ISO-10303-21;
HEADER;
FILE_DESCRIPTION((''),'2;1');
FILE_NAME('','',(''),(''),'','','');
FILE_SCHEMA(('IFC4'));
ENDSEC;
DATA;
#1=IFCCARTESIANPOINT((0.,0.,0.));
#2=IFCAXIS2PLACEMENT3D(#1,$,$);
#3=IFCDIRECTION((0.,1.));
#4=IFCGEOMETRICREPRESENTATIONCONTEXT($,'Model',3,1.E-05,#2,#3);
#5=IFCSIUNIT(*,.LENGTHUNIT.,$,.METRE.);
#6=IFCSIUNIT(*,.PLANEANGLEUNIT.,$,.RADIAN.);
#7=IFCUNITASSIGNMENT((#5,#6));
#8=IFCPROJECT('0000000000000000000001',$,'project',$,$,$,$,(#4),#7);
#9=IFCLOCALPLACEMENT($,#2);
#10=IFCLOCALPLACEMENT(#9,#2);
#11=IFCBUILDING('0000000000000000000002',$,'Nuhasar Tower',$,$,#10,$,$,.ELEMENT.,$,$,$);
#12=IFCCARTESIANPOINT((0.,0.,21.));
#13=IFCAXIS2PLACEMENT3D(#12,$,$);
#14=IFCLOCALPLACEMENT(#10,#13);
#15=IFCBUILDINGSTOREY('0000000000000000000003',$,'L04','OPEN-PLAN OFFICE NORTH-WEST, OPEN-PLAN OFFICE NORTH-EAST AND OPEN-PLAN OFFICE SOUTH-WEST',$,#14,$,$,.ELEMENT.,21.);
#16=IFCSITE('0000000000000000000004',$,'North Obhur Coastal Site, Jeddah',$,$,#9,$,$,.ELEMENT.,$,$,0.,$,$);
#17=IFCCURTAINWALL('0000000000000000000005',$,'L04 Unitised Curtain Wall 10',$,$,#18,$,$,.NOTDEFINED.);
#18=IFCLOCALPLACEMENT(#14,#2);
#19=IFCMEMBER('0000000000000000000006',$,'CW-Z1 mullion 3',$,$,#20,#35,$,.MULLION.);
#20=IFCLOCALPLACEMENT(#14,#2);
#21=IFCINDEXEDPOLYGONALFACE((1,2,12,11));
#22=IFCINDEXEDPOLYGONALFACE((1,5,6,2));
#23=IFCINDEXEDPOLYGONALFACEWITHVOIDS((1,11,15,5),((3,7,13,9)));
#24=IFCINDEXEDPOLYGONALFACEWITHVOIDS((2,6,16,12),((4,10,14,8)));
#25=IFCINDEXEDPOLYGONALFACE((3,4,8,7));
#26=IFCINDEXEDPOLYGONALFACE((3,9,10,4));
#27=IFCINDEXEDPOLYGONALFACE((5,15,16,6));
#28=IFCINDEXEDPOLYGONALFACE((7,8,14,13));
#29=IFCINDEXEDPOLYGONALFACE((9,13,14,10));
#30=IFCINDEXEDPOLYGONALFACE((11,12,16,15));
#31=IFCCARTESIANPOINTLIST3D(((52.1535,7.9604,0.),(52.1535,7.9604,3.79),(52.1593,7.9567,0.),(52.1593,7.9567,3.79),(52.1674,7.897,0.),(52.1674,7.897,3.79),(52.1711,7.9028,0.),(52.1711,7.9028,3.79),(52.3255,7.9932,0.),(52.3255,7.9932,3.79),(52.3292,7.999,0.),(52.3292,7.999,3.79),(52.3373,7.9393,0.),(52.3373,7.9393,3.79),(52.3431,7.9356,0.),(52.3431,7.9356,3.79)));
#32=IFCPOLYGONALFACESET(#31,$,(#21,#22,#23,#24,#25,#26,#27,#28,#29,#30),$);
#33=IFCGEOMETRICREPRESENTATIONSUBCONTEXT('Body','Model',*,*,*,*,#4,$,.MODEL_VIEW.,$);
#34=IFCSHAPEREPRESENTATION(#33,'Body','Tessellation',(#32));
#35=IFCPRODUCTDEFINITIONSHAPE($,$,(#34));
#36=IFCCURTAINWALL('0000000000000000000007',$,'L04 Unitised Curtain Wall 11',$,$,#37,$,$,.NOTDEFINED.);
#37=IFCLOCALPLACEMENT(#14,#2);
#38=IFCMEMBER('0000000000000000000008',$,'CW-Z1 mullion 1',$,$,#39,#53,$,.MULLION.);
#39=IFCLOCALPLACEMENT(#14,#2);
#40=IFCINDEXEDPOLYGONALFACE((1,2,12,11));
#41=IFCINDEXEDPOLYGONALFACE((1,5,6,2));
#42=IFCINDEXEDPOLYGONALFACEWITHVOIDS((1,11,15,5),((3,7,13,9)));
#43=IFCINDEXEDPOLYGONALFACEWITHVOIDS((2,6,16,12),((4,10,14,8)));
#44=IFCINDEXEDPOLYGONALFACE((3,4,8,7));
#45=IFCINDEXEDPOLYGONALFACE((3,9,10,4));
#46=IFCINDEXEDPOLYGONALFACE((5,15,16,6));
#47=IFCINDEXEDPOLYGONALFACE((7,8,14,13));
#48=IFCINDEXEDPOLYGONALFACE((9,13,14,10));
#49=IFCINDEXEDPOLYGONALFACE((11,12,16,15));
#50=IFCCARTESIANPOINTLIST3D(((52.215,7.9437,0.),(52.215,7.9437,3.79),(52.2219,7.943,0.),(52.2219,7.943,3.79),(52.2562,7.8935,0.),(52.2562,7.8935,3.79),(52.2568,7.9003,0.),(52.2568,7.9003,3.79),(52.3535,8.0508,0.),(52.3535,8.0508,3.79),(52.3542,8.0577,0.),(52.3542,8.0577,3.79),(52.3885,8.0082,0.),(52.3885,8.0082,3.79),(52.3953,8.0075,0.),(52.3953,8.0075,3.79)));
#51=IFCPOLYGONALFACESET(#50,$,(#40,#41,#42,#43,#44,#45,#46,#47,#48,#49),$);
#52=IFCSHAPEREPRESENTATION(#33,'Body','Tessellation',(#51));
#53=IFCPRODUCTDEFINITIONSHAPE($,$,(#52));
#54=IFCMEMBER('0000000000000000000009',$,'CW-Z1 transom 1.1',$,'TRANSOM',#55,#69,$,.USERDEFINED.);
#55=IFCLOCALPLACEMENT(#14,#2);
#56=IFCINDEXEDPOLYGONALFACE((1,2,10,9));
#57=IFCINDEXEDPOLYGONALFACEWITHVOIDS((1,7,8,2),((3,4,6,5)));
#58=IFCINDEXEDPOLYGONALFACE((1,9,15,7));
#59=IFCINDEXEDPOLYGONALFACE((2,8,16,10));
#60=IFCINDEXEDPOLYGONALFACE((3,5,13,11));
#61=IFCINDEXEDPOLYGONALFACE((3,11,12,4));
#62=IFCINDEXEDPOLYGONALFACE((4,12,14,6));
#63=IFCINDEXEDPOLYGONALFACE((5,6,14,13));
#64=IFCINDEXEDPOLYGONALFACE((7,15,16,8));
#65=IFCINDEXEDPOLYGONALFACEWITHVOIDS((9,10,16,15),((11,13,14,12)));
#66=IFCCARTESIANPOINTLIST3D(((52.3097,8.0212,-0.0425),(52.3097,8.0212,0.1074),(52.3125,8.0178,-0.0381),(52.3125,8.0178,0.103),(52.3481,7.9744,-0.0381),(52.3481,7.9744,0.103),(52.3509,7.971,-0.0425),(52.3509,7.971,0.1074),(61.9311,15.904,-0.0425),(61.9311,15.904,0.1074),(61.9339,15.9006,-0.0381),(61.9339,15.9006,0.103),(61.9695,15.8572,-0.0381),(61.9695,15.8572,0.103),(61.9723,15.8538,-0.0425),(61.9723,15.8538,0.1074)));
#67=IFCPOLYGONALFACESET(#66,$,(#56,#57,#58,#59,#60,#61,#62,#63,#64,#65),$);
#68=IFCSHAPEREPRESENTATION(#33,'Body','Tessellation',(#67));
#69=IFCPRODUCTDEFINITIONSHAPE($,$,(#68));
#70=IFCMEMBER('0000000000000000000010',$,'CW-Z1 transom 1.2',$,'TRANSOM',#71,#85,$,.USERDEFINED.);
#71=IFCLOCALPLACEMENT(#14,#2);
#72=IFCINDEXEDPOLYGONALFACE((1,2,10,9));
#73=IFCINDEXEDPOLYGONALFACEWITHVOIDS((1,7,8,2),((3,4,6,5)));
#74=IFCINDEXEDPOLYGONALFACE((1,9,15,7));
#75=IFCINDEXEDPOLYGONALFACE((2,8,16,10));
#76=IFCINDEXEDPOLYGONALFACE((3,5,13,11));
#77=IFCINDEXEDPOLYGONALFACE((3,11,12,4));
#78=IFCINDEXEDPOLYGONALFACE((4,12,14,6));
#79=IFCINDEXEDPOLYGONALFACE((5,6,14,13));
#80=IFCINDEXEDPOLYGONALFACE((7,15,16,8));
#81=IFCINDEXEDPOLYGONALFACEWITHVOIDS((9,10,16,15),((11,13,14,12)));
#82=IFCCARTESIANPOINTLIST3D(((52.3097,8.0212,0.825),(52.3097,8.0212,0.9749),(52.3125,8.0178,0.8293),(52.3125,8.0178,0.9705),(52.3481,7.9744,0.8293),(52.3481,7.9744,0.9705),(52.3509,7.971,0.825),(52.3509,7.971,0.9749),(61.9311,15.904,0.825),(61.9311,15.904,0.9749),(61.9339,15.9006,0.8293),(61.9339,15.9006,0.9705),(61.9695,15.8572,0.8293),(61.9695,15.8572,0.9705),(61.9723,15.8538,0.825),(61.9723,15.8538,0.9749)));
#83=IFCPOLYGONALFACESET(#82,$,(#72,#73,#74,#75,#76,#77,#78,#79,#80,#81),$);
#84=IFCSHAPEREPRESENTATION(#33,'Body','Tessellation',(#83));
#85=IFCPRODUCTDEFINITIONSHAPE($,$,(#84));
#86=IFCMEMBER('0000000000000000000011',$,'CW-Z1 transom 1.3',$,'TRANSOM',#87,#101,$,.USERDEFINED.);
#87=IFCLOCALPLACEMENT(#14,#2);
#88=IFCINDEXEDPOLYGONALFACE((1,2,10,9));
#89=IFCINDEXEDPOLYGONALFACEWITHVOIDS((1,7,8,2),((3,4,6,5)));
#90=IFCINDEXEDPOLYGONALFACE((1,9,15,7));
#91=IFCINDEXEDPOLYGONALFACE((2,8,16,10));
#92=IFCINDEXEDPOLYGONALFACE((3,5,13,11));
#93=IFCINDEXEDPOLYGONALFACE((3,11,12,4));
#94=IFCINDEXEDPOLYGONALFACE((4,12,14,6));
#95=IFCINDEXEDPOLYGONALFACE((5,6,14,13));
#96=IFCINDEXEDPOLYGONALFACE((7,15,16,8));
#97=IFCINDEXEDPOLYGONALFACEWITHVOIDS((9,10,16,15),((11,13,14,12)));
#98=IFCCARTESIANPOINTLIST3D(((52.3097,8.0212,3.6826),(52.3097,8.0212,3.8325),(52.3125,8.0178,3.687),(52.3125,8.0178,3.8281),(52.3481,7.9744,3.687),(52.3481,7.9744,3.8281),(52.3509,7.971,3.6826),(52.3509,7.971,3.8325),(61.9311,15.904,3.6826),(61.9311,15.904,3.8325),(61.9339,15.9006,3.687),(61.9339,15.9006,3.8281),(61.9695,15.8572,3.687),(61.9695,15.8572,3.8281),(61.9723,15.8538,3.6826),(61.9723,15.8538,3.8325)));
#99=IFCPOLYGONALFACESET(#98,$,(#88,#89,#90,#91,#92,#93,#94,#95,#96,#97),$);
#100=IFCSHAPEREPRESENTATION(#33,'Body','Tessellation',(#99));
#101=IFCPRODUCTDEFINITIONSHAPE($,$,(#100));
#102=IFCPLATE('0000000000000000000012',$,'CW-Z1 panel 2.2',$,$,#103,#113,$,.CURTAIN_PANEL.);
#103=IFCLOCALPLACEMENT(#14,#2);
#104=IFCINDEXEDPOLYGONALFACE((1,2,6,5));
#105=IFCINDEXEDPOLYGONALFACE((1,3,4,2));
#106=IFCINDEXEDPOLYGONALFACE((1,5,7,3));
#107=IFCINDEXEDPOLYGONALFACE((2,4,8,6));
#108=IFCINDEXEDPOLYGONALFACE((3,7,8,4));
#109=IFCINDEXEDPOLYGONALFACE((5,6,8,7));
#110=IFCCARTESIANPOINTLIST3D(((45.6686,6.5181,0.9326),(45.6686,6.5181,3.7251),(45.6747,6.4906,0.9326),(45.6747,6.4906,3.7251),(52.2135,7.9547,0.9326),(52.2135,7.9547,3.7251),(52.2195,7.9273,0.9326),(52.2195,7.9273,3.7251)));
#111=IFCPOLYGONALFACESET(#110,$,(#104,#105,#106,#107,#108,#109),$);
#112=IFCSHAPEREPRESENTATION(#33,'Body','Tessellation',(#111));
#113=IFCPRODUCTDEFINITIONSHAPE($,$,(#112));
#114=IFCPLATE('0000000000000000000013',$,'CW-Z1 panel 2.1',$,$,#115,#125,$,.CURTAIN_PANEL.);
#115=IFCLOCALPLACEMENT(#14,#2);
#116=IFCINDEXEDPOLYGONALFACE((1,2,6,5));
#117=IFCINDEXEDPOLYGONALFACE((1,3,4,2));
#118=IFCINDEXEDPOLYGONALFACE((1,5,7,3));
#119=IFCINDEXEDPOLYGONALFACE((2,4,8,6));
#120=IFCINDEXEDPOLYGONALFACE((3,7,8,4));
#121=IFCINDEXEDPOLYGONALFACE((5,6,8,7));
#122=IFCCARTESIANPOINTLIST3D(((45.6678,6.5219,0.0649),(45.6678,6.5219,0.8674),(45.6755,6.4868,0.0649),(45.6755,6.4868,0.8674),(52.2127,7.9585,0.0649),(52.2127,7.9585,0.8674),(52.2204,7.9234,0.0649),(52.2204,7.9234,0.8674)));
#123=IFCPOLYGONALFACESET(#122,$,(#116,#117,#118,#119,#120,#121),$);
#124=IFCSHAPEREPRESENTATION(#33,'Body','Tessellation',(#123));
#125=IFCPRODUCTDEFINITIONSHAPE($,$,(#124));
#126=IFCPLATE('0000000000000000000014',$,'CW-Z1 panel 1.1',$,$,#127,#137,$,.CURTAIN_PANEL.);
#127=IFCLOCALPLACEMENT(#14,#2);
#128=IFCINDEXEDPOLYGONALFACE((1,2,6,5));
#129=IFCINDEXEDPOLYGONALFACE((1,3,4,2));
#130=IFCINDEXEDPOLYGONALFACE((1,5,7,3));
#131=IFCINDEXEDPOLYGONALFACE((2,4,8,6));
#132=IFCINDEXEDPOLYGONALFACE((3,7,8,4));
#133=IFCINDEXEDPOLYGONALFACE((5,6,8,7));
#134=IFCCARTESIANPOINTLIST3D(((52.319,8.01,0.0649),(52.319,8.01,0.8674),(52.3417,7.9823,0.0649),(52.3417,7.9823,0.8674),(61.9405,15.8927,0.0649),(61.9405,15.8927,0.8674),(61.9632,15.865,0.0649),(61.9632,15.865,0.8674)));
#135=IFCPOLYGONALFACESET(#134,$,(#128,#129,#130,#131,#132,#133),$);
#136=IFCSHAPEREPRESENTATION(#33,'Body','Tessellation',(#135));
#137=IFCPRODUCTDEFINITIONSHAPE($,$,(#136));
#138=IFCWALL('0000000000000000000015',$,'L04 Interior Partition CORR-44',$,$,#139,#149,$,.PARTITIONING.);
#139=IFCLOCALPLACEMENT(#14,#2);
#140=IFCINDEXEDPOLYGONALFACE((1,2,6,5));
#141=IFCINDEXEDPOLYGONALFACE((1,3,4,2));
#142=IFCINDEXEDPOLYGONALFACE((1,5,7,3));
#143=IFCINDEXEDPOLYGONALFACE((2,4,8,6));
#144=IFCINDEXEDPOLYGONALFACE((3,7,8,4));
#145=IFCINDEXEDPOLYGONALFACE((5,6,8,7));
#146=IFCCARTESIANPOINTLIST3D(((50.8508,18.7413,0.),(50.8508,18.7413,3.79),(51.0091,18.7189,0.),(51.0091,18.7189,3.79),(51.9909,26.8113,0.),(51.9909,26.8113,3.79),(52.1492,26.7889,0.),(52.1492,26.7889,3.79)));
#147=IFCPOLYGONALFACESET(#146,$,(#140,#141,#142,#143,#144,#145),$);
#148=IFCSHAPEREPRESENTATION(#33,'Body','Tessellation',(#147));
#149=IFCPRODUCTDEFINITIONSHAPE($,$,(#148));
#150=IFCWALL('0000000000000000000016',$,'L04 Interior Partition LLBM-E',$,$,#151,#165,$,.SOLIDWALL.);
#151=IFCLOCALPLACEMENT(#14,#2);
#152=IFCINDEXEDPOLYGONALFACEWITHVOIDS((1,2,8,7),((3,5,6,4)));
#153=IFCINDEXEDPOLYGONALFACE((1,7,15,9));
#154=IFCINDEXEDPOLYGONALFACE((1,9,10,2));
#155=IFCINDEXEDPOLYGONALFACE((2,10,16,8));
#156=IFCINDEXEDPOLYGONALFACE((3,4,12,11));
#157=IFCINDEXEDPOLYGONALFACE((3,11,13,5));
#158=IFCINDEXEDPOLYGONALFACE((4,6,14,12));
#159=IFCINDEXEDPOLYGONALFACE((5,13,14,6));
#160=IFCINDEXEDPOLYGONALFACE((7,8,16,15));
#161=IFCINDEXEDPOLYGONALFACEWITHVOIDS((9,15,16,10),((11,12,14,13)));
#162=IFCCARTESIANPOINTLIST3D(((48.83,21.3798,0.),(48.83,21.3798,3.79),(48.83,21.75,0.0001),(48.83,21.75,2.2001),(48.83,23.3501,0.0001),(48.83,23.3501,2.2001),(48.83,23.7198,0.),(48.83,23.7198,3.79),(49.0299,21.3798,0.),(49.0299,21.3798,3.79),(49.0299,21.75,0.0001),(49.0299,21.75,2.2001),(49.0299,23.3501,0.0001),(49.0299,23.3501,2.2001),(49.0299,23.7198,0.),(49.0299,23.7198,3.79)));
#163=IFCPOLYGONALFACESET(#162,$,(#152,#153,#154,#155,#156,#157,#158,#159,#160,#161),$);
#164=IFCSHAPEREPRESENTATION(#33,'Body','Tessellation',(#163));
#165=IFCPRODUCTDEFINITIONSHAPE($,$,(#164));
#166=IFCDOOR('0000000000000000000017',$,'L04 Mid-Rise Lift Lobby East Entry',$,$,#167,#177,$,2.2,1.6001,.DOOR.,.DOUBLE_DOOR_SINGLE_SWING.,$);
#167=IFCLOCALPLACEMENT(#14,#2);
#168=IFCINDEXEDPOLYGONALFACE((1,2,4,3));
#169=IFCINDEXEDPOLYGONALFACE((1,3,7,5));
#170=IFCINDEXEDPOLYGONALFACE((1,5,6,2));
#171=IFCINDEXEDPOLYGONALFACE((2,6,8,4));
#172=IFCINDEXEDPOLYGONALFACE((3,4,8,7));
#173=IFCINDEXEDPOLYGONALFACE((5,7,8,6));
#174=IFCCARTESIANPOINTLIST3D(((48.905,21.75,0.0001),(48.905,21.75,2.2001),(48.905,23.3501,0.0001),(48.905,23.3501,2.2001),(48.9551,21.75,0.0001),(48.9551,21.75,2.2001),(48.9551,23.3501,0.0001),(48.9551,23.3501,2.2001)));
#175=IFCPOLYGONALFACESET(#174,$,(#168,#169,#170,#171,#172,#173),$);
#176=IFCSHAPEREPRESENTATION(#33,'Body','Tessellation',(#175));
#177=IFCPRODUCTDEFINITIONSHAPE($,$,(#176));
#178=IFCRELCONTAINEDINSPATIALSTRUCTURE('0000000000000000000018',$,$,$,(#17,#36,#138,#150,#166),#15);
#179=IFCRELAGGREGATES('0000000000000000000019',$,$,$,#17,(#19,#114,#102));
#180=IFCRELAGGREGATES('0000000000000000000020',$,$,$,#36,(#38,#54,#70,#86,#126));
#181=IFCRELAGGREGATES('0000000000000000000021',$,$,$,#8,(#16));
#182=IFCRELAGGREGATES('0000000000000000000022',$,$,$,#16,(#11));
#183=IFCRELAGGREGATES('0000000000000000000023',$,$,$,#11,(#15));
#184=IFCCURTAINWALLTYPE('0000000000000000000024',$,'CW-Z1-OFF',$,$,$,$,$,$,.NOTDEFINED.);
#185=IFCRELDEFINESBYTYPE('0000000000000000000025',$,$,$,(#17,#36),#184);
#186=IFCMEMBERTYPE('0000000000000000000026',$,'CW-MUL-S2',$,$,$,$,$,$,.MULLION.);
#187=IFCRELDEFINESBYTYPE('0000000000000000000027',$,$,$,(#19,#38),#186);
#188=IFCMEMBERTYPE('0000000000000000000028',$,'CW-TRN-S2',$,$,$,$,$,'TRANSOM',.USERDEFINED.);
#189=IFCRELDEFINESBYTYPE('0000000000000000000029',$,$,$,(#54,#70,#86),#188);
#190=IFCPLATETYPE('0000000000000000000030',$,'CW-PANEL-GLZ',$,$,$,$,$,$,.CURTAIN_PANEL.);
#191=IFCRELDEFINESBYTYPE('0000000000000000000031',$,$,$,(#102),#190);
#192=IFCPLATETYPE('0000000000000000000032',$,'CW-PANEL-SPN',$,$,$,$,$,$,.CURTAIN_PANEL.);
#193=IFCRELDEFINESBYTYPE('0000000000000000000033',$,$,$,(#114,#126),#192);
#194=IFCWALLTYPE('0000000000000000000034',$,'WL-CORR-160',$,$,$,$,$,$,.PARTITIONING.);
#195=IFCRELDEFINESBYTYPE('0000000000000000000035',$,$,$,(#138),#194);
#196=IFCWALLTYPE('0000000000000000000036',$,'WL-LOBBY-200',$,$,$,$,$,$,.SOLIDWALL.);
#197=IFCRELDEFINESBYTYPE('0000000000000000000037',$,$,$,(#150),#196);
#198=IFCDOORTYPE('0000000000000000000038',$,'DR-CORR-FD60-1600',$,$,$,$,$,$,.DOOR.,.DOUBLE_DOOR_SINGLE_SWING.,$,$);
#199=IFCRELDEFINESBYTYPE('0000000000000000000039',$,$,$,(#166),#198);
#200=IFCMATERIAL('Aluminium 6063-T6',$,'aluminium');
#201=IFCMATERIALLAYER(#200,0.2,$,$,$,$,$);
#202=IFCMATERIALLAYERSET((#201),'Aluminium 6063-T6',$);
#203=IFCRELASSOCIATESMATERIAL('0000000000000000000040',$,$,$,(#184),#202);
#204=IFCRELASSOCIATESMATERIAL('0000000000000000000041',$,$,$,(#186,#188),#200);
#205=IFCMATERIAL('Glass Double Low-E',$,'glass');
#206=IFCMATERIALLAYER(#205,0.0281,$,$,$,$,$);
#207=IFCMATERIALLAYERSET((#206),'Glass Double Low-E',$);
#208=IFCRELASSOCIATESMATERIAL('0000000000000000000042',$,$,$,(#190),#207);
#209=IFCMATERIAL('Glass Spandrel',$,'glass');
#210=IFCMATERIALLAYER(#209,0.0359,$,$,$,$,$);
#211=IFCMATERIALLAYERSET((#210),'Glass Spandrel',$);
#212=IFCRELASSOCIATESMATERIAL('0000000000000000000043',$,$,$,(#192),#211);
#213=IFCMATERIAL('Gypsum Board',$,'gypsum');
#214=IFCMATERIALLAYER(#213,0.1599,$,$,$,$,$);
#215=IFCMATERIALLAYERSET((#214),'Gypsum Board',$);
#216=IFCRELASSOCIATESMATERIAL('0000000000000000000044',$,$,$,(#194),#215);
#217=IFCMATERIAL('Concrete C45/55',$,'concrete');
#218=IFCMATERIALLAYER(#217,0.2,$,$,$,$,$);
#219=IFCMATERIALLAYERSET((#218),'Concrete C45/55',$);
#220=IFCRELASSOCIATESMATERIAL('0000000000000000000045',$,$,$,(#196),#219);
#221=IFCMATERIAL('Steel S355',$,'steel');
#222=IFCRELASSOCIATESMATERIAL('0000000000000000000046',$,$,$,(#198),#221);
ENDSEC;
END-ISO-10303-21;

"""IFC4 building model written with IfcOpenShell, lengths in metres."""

from ifc_helpers import new_model, si_unit, direction, frame, frame_2d, origin, origin_2d, place, context, subcontext, project, spatial, rectangle, hollow_rectangle, extrude, material, layer, layer_set, material_profile, profile_set, type_object, element, fill, aggregate, save


model = new_model("IFC4")

# Units and contexts
model_context = context("Model", 3, precision=1e-05, world=origin(), true_north=direction((0.0, 1.0)))
body_context = subcontext(model_context, "Body", "Model", "MODEL_VIEW")
ifc_project = project(units=[si_unit("LENGTHUNIT", "METRE"), si_unit("PLANEANGLEUNIT", "RADIAN")], contexts=[model_context])

# Site, building, storey
site_placement = place(None, origin())
site = spatial("IfcSite", under=ifc_project, at=site_placement, Name="North Obhur Coastal Site, Jeddah", CompositionType="ELEMENT", RefElevation=0.0)
building_placement = place(site_placement, origin())
building = spatial("IfcBuilding", under=site, at=building_placement, Name="Nuhasar Tower", CompositionType="ELEMENT")
storey_placement = place(building_placement, frame((0.0, 0.0, 21.0)))
storey = spatial("IfcBuildingStorey", under=building, at=storey_placement, Name="L04", Description="OPEN-PLAN OFFICE NORTH-WEST, OPEN-PLAN OFFICE NORTH-EAST AND OPEN-PLAN OFFICE SOUTH-WEST", CompositionType="ELEMENT", Elevation=21.0)

# Shared definitions
ifc_material_1 = material(Name="Steel S355", Category="steel")

# Curtain wall, member
ifc_material_2 = material(Name="Aluminium 6063-T6", Category="aluminium")
ifc_layer_1 = layer(ifc_material_2, 0.2)
ifc_layer_set_1 = layer_set([ifc_layer_1], Name="Aluminium 6063-T6")
curtain_wall_type = type_object("IfcCurtainWallType", Name="CW-Z1-OFF", PredefinedType="NOTDEFINED", material=ifc_layer_set_1)
curtain_wall_1_placement = place(storey_placement, origin())
curtain_wall_1 = element("IfcCurtainWall", 1, at=curtain_wall_1_placement, inside=storey, type_object=curtain_wall_type, Name="L04 Unitised Curtain Wall 10", PredefinedType="NOTDEFINED")
ifc_material_profile_1 = material_profile(ifc_material_2, hollow_rectangle(XDim=0.0649, YDim=0.1799, WallThickness=0.0049, at=origin_2d()), Name="CWM-2")
ifc_profile_set_1 = profile_set([ifc_material_profile_1], Name="Aluminium 6063-T6")
member_type_1 = type_object("IfcMemberType", Name="CW-MUL-S2", PredefinedType="MULLION", material=ifc_profile_set_1)
member_1_placement = place(storey_placement, frame((52.2483, 7.948, 0.0), z_axis=(0.0, 0.0, 1.0), x_axis=(-0.214399, 0.976746, 0.0)))
member_1 = element("IfcMember", 2, at=member_1_placement, type_object=member_type_1, Name="CW-Z1 mullion 3", PredefinedType="MULLION", context=body_context, shape_type="SweptSolid", body=[
    extrude(hollow_rectangle(XDim=0.0649, YDim=0.1799, WallThickness=0.0049, at=origin_2d()), origin(), (0.0, 0.0, 1.0), 3.79),
])

# Curtain wall, members
curtain_wall_2_placement = place(storey_placement, origin())
curtain_wall_2 = element("IfcCurtainWall", 3, at=curtain_wall_2_placement, inside=storey, type_object=curtain_wall_type, Name="L04 Unitised Curtain Wall 11", PredefinedType="NOTDEFINED")
member_2_placement = place(storey_placement, frame((52.3052, 7.9756, 0.0), z_axis=(0.0, 0.0, 1.0), x_axis=(-0.633745, 0.773542, 0.0)))
member_2 = element("IfcMember", 4, at=member_2_placement, type_object=member_type_1, Name="CW-Z1 mullion 1", PredefinedType="MULLION", context=body_context, shape_type="SweptSolid", body=[
    extrude(hollow_rectangle(XDim=0.0649, YDim=0.1799, WallThickness=0.0049, at=origin_2d()), origin(), (0.0, 0.0, 1.0), 3.79),
])
ifc_material_profile_2 = material_profile(ifc_material_2, hollow_rectangle(XDim=0.0649, YDim=0.1499, WallThickness=0.0044, at=origin_2d()), Name="CWT-2")
ifc_profile_set_2 = profile_set([ifc_material_profile_2], Name="Aluminium 6063-T6")
member_type_2 = type_object("IfcMemberType", Name="CW-TRN-S2", ElementType="TRANSOM", PredefinedType="USERDEFINED", material=ifc_profile_set_2)
member_3_placement = place(storey_placement, frame((52.3303, 7.9961, 0.0325), z_axis=(0.773531, 0.633758, 0.0), x_axis=(-0.633758, 0.773531, 0.0)))
member_3 = element("IfcMember", 5, at=member_3_placement, type_object=member_type_2, Name="CW-Z1 transom 1.1", ObjectType="TRANSOM", PredefinedType="USERDEFINED", context=body_context, shape_type="SweptSolid", body=[
    extrude(hollow_rectangle(XDim=0.0649, YDim=0.1499, WallThickness=0.0044, at=origin_2d()), origin(), (0.0, 0.0, 1.0), 12.4382),
])
member_4_placement = place(storey_placement, frame((52.3303, 7.9961, 0.8999), z_axis=(0.773531, 0.633758, 0.0), x_axis=(-0.633758, 0.773531, 0.0)))
member_4 = element("IfcMember", 6, at=member_4_placement, type_object=member_type_2, Name="CW-Z1 transom 1.2", ObjectType="TRANSOM", PredefinedType="USERDEFINED", context=body_context, shape_type="SweptSolid", body=[
    extrude(hollow_rectangle(XDim=0.0649, YDim=0.1499, WallThickness=0.0044, at=origin_2d()), origin(), (0.0, 0.0, 1.0), 12.4382),
])
member_5_placement = place(storey_placement, frame((52.3303, 7.9961, 3.7576), z_axis=(0.773531, 0.633758, 0.0), x_axis=(-0.633758, 0.773531, 0.0)))
member_5 = element("IfcMember", 7, at=member_5_placement, type_object=member_type_2, Name="CW-Z1 transom 1.3", ObjectType="TRANSOM", PredefinedType="USERDEFINED", context=body_context, shape_type="SweptSolid", body=[
    extrude(hollow_rectangle(XDim=0.0649, YDim=0.1499, WallThickness=0.0044, at=origin_2d()), origin(), (0.0, 0.0, 1.0), 12.4382),
])

# Plates
ifc_material_3 = material(Name="Glass Double Low-E", Category="glass")
ifc_layer_2 = layer(ifc_material_3, 0.0281)
ifc_layer_set_2 = layer_set([ifc_layer_2], Name="Glass Double Low-E")
plate_type_1 = type_object("IfcPlateType", Name="CW-PANEL-GLZ", PredefinedType="CURTAIN_PANEL", material=ifc_layer_set_2)
plate_1_placement = place(storey_placement, frame((48.9441, 7.2227, 0.9326), z_axis=(0.0, 0.0, 1.0), x_axis=(0.976746, 0.214399, 0.0)))
plate_1 = element("IfcPlate", 8, at=plate_1_placement, type_object=plate_type_1, Name="CW-Z1 panel 2.2", PredefinedType="CURTAIN_PANEL", context=body_context, shape_type="SweptSolid", body=[
    extrude(rectangle(XDim=6.7007, YDim=0.0281, at=origin_2d()), origin(), (0.0, 0.0, 1.0), 2.7925),
])
ifc_material_4 = material(Name="Glass Spandrel", Category="glass")
ifc_layer_3 = layer(ifc_material_4, 0.0359)
ifc_layer_set_3 = layer_set([ifc_layer_3], Name="Glass Spandrel")
plate_type_2 = type_object("IfcPlateType", Name="CW-PANEL-SPN", PredefinedType="CURTAIN_PANEL", material=ifc_layer_set_3)
plate_2_placement = place(storey_placement, frame((48.9441, 7.2227, 0.0649), z_axis=(0.0, 0.0, 1.0), x_axis=(0.976746, 0.214399, 0.0)))
plate_2 = element("IfcPlate", 9, at=plate_2_placement, type_object=plate_type_2, Name="CW-Z1 panel 2.1", PredefinedType="CURTAIN_PANEL", context=body_context, shape_type="SweptSolid", body=[
    extrude(rectangle(XDim=6.7007, YDim=0.0359, at=origin_2d()), origin(), (0.0, 0.0, 1.0), 0.8025),
])
aggregate(curtain_wall_1, [member_1, plate_2, plate_1])
plate_3_placement = place(storey_placement, frame((57.1411, 11.9375, 0.0649), z_axis=(0.0, 0.0, 1.0), x_axis=(0.773542, 0.633745, 0.0)))
plate_3 = element("IfcPlate", 10, at=plate_3_placement, type_object=plate_type_2, Name="CW-Z1 panel 1.1", PredefinedType="CURTAIN_PANEL", context=body_context, shape_type="SweptSolid", body=[
    extrude(rectangle(XDim=12.4382, YDim=0.0359, at=origin_2d()), origin(), (0.0, 0.0, 1.0), 0.8025),
])
aggregate(curtain_wall_2, [member_2, member_3, member_4, member_5, plate_3])

# Shared definitions
ifc_material_5 = material(Name="Gypsum Board", Category="gypsum")
ifc_layer_4 = layer(ifc_material_5, 0.1599)
ifc_layer_set_4 = layer_set([ifc_layer_4], Name="Gypsum Board")
wall_type_1 = type_object("IfcWallType", Name="WL-CORR-160", PredefinedType="PARTITIONING", material=ifc_layer_set_4)

# Wall
wall_1_placement = place(storey_placement, frame((50.9299, 18.73, 0.0), z_axis=(0.0, 0.0, 1.0), x_axis=(0.13989, 0.990167, 0.0)))
element("IfcWall", 11, at=wall_1_placement, inside=storey, type_object=wall_type_1, Name="L04 Interior Partition CORR-44", PredefinedType="PARTITIONING", context=body_context, shape_type="SweptSolid", body=[
    extrude(rectangle(XDim=8.1501, YDim=0.1599, at=frame_2d((4.0752, 0.0))), origin(), (0.0, 0.0, 1.0), 3.79),
])

# Wall, opening, door
ifc_material_6 = material(Name="Concrete C45/55", Category="concrete")
ifc_layer_5 = layer(ifc_material_6, 0.2)
ifc_layer_set_5 = layer_set([ifc_layer_5], Name="Concrete C45/55")
wall_type_2 = type_object("IfcWallType", Name="WL-LOBBY-200", PredefinedType="SOLIDWALL", material=ifc_layer_set_5)
wall_2_placement = place(storey_placement, frame((48.9299, 21.3799, 0.0), z_axis=(0.0, 0.0, 1.0), x_axis=(0.0, 1.0, 0.0)))
wall_2 = element("IfcWall", 12, at=wall_2_placement, inside=storey, type_object=wall_type_2, Name="L04 Interior Partition LLBM-E", PredefinedType="SOLIDWALL", context=body_context, shape_type="SweptSolid", body=[
    extrude(rectangle(XDim=2.3401, YDim=0.2, at=frame_2d((1.1699, 0.0))), origin(), (0.0, 0.0, 1.0), 3.79),
])
opening_1_placement = place(wall_2_placement, frame((0.3701, 0.0, 0.0)))
opening_1 = element("IfcOpeningElement", 13, at=opening_1_placement, cuts=wall_2, PredefinedType="OPENING", context=body_context, shape_type="SweptSolid", body=[
    extrude(rectangle(XDim=1.6001, YDim=2.2, at=frame_2d((0.8, 1.1001))), frame((0.0, 0.1099, 0.0), z_axis=(0.0, -1.0, 0.0), x_axis=(1.0, 0.0, 0.0)), (0.0, 0.0, 1.0), 0.22),
])
door_type_1 = type_object("IfcDoorType", Name="DR-CORR-FD60-1600", OperationType="DOUBLE_DOOR_SINGLE_SWING", PredefinedType="DOOR", material=ifc_material_1)
door_1_placement = place(opening_1_placement, origin())
door_1 = element("IfcDoor", 14, at=door_1_placement, inside=storey, type_object=door_type_1, Name="L04 Mid-Rise Lift Lobby East Entry", OperationType="DOUBLE_DOOR_SINGLE_SWING", OverallHeight=2.2, OverallWidth=1.6001, PredefinedType="DOOR", context=body_context, shape_type="SweptSolid", body=[
    extrude(rectangle(XDim=1.6001, YDim=2.2, at=frame_2d((0.8, 1.1001))), frame((0.0, 0.0249, 0.0), z_axis=(0.0, -1.0, 0.0), x_axis=(1.0, 0.0, 0.0)), (0.0, 0.0, 1.0), 0.05),
])
fill(opening_1, door_1)

save(model, "model.ifc")
